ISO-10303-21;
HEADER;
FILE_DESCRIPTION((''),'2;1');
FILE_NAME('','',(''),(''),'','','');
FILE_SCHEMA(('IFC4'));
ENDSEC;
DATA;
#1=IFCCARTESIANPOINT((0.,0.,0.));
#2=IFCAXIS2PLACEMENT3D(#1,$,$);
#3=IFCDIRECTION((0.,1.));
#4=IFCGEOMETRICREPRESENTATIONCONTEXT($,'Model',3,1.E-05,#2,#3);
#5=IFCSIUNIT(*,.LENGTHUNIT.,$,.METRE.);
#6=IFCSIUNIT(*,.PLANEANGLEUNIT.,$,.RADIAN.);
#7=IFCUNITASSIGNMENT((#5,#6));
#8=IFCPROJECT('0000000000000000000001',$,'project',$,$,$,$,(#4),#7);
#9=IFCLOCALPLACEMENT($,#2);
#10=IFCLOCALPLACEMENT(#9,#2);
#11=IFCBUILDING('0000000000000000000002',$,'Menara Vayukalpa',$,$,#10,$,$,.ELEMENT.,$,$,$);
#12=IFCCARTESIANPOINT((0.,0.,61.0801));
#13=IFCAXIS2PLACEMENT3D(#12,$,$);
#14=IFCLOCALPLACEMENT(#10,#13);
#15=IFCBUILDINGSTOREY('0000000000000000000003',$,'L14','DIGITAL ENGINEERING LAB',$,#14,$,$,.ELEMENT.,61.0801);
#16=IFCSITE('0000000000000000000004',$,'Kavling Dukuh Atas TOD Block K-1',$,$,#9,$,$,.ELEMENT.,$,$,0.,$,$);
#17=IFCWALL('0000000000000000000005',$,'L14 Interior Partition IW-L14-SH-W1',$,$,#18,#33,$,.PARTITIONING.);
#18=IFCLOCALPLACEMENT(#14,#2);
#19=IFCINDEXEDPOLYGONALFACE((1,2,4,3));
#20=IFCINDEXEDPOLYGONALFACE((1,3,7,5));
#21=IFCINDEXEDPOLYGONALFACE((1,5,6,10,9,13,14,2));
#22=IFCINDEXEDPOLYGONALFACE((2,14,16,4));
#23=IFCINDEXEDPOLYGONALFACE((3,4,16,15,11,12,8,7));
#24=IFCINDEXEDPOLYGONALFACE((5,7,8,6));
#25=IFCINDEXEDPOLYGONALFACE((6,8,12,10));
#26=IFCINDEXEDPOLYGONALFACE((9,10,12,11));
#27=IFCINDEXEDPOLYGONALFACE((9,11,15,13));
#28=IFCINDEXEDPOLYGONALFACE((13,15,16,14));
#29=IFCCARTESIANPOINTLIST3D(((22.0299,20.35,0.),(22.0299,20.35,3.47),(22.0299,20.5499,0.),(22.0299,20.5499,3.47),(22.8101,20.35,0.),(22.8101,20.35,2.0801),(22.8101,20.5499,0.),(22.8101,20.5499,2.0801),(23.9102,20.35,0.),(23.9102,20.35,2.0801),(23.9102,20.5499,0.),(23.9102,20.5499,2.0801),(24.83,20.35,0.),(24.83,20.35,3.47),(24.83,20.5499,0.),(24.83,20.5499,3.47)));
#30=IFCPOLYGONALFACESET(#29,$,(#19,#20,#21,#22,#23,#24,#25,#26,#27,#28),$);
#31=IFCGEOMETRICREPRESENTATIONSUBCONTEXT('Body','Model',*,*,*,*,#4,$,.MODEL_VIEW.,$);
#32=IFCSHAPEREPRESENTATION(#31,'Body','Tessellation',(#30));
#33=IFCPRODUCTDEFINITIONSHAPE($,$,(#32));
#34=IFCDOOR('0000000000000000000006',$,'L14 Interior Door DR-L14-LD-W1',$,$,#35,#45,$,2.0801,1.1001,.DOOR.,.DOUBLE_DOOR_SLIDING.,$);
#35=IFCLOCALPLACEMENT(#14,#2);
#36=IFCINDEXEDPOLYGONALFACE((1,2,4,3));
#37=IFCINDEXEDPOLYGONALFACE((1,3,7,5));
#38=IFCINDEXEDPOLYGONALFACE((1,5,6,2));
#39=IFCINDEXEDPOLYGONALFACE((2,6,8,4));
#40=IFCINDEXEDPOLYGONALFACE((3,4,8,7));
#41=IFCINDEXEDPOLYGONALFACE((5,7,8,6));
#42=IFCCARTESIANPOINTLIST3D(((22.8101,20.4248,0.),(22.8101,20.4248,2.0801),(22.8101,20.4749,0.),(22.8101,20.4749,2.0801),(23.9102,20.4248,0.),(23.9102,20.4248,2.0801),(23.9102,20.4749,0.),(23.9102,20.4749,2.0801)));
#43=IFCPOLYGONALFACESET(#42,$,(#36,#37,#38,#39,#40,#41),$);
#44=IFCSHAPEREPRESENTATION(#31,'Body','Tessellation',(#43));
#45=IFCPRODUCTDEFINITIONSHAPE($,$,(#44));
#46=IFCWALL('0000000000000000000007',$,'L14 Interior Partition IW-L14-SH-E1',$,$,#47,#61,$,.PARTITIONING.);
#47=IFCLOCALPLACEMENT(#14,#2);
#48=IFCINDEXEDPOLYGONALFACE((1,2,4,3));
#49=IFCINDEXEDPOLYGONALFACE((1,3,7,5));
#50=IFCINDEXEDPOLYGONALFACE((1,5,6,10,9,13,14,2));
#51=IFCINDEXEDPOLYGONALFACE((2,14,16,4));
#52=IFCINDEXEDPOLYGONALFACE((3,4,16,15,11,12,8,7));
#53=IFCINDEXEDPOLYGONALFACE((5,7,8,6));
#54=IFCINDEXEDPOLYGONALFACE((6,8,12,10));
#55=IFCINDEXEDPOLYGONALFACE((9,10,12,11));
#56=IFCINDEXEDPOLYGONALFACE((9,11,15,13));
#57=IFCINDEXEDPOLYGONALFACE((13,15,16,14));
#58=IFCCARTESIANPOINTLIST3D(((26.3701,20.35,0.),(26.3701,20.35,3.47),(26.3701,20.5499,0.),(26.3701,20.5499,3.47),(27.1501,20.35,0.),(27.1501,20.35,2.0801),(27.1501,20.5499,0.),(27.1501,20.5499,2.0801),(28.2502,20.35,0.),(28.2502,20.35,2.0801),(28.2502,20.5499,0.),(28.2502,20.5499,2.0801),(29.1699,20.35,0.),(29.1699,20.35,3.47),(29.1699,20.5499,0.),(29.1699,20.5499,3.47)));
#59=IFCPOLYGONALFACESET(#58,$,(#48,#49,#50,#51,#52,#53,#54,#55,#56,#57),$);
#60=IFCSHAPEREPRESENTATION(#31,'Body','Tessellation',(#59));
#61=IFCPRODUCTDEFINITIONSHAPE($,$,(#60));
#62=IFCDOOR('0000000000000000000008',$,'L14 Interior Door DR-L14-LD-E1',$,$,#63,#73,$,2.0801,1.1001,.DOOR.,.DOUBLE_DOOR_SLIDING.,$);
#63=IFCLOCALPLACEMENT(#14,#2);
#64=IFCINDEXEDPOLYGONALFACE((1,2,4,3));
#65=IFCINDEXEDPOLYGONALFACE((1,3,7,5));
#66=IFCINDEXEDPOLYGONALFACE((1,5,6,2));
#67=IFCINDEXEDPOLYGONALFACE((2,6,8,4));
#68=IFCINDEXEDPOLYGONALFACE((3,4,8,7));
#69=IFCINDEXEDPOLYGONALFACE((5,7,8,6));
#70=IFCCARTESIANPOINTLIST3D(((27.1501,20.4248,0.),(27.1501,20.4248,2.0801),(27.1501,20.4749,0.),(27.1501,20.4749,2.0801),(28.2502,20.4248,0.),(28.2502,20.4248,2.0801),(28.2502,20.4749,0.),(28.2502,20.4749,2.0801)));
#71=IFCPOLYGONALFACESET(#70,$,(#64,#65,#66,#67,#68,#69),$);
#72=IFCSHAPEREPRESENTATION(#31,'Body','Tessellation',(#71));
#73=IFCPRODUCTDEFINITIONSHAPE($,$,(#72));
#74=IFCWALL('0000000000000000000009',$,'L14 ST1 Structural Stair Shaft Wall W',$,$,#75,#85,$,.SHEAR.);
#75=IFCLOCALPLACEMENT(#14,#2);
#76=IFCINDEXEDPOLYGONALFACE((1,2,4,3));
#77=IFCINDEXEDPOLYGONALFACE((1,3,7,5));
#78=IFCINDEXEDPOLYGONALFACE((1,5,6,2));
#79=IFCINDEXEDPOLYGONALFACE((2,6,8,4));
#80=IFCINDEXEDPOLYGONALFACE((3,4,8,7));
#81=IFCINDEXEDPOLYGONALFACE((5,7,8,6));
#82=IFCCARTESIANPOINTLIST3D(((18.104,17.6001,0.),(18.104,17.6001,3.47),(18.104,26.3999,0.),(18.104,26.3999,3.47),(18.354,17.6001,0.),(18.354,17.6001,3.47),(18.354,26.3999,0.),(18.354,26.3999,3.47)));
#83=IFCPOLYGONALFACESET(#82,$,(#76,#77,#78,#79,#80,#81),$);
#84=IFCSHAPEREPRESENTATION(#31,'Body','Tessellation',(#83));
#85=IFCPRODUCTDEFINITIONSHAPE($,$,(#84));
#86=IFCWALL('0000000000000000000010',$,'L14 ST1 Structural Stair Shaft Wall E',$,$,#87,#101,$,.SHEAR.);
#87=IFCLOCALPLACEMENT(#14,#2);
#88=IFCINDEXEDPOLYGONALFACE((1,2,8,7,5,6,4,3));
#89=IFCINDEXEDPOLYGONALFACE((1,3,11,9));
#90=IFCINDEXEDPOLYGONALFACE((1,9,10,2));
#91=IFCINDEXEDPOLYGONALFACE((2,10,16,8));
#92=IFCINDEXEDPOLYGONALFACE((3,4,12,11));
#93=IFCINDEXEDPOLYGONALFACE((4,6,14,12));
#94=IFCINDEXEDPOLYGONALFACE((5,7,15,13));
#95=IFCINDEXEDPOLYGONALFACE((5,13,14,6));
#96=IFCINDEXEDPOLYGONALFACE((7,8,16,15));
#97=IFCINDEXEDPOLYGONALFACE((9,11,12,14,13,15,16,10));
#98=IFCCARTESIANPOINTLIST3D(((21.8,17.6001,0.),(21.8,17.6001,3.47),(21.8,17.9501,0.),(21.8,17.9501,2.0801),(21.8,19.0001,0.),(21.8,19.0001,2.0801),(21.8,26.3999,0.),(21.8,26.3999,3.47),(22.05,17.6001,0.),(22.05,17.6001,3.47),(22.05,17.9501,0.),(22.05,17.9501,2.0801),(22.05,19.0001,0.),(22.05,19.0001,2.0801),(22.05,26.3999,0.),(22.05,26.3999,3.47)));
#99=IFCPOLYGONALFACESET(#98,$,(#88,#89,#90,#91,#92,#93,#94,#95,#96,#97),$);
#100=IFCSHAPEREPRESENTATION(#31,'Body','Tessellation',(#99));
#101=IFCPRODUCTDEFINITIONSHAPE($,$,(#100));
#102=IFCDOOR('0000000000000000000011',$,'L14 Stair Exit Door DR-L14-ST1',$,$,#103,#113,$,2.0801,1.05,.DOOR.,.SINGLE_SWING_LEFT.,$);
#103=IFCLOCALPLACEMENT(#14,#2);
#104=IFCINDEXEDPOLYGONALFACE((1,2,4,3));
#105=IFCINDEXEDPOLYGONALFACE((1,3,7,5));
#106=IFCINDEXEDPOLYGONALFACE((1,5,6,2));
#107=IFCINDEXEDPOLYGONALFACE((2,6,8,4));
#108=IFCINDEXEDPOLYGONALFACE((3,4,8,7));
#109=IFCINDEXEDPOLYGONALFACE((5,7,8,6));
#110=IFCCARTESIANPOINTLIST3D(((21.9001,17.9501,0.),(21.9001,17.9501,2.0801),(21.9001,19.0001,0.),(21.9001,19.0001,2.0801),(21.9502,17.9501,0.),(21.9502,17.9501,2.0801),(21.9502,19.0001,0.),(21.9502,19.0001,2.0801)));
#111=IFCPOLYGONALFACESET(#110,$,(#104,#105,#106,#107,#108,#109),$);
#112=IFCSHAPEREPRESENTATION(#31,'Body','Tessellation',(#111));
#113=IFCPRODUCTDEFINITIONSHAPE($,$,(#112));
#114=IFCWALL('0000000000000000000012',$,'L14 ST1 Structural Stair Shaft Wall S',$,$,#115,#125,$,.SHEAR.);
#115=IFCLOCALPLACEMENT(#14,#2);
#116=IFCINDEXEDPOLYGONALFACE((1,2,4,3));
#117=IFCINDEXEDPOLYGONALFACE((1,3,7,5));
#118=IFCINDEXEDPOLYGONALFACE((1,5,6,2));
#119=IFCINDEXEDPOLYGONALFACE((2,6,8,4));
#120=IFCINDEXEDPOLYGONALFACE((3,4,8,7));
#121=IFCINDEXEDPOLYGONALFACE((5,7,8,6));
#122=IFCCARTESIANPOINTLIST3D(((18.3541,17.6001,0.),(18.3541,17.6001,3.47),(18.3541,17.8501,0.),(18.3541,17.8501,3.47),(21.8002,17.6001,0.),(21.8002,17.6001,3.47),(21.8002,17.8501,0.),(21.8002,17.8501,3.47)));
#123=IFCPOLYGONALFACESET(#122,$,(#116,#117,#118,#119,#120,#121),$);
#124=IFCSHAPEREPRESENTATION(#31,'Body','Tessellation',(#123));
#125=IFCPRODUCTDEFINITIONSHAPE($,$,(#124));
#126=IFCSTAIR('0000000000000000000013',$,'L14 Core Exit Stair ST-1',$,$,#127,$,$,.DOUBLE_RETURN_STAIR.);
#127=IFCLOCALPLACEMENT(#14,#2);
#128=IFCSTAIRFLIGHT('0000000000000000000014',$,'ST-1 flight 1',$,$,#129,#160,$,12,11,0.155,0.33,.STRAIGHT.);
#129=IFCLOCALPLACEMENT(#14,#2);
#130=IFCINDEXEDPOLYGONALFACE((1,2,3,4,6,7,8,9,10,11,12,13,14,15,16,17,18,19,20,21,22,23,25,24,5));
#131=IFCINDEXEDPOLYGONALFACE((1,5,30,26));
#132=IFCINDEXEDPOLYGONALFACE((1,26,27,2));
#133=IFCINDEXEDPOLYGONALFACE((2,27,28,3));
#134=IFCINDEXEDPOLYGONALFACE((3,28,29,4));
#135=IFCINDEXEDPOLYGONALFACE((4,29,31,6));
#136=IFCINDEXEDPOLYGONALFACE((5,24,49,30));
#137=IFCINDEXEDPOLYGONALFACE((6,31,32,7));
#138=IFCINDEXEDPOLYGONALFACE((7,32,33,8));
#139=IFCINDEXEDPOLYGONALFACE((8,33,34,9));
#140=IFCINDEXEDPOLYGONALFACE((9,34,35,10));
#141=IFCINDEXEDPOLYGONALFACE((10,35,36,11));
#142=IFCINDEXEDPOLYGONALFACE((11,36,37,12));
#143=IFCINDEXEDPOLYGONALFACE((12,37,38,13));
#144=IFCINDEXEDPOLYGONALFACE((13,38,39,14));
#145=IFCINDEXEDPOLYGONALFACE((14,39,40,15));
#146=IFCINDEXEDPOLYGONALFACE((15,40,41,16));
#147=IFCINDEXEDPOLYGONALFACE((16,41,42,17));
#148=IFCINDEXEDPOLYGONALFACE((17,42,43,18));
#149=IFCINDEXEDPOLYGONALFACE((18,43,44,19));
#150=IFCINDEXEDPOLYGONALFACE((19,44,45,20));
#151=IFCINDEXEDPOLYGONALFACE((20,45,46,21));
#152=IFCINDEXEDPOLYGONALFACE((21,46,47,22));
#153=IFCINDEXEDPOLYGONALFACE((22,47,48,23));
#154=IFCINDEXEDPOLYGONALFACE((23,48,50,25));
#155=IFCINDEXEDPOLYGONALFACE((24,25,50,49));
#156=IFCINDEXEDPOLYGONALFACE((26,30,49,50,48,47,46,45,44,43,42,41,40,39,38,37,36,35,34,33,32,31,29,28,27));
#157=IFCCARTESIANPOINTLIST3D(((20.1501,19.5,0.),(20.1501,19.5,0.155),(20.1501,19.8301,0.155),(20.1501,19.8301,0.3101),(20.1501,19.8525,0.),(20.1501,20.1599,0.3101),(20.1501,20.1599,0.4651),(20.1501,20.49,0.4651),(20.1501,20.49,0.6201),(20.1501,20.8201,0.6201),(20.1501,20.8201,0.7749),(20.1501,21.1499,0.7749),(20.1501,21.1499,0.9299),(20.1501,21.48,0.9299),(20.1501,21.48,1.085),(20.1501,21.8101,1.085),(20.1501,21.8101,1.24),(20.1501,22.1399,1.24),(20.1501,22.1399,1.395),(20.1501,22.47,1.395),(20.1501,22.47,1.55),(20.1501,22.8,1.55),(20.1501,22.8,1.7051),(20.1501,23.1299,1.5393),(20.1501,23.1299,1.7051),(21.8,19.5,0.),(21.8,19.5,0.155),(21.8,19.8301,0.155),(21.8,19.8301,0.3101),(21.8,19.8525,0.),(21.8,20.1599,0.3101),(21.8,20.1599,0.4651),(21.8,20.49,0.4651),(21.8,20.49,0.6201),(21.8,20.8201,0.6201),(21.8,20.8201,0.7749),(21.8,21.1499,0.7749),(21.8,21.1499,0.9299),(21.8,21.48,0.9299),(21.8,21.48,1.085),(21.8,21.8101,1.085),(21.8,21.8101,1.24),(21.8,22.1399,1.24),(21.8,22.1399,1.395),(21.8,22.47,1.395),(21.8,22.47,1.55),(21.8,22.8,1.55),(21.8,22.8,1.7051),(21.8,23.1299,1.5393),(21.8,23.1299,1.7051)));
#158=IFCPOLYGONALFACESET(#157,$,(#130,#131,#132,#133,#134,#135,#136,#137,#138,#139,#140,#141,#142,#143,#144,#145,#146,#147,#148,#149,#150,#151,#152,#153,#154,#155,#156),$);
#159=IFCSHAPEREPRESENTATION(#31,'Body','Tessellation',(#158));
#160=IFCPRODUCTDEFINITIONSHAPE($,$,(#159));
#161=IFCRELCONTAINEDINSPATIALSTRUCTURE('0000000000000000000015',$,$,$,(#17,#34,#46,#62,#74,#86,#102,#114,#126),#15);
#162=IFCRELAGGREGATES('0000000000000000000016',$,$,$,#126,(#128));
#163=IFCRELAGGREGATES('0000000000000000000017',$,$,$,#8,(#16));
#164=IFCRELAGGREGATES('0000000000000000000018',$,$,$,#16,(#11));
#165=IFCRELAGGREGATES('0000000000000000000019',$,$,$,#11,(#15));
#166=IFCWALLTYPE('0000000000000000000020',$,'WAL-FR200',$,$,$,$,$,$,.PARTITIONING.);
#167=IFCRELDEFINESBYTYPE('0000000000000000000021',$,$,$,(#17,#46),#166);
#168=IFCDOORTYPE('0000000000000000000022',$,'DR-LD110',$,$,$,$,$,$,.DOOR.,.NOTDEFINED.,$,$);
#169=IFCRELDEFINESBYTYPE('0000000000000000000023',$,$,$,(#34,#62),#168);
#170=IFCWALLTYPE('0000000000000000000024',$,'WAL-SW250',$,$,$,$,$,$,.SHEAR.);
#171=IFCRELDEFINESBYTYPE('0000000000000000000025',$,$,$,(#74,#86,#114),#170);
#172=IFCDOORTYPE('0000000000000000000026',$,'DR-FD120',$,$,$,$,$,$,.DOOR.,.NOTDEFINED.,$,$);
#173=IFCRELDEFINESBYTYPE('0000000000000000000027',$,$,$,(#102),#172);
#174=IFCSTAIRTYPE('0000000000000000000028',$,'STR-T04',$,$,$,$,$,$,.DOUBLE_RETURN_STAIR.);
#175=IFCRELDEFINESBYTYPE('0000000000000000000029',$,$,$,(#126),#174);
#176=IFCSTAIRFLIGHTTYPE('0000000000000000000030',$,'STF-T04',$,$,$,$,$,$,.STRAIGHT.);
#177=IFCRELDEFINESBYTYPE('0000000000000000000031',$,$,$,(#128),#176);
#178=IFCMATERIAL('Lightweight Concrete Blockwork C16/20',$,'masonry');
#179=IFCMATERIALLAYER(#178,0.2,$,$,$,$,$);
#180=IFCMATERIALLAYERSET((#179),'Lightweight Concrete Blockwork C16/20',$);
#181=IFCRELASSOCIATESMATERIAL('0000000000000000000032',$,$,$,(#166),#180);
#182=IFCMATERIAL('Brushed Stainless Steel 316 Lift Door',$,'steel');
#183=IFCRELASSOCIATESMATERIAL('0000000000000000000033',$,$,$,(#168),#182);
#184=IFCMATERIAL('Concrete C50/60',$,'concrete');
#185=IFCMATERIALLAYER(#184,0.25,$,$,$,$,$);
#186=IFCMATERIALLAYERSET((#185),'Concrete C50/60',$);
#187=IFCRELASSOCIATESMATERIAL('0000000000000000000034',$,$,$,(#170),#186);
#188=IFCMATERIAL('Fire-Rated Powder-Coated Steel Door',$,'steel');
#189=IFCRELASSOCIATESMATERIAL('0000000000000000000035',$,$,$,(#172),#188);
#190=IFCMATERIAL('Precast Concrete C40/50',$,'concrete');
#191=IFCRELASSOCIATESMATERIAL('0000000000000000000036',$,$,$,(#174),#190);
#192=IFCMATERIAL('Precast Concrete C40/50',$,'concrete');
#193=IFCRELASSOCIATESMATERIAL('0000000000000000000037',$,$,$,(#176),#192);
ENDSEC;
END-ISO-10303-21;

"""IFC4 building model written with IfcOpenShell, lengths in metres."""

from ifc_helpers import new_model, si_unit, direction, frame, frame_2d, origin, place, context, subcontext, project, spatial, polyline, rectangle, outline, extrude, material, layer, layer_set, type_object, element, fill, aggregate, save


model = new_model("IFC4")

# Units and contexts
model_context = context("Model", 3, precision=1e-05, world=origin(), true_north=direction((0.0, 1.0)))
body_context = subcontext(model_context, "Body", "Model", "MODEL_VIEW")
ifc_project = project(units=[si_unit("LENGTHUNIT", "METRE"), si_unit("PLANEANGLEUNIT", "RADIAN")], contexts=[model_context])

# Site, building, storey
site_placement = place(None, origin())
site = spatial("IfcSite", under=ifc_project, at=site_placement, Name="Kavling Dukuh Atas TOD Block K-1", CompositionType="ELEMENT", RefElevation=0.0)
building_placement = place(site_placement, origin())
building = spatial("IfcBuilding", under=site, at=building_placement, Name="Menara Vayukalpa", CompositionType="ELEMENT")
storey_placement = place(building_placement, frame((0.0, 0.0, 61.0801)))
storey = spatial("IfcBuildingStorey", under=building, at=storey_placement, Name="L14", Description="DIGITAL ENGINEERING LAB", CompositionType="ELEMENT", Elevation=61.0801)

# Walls, openings, doors
ifc_material_1 = material(Name="Lightweight Concrete Blockwork C16/20", Category="masonry")
ifc_layer_1 = layer(ifc_material_1, 0.2)
ifc_layer_set_1 = layer_set([ifc_layer_1], Name="Lightweight Concrete Blockwork C16/20")
wall_type_1 = type_object("IfcWallType", Name="WAL-FR200", PredefinedType="PARTITIONING", material=ifc_layer_set_1)
wall_1_placement = place(storey_placement, frame((22.03, 20.45, 0.0), z_axis=(0.0, 0.0, 1.0), x_axis=(1.0, 0.0, 0.0)))
wall_1 = element("IfcWall", 1, at=wall_1_placement, inside=storey, type_object=wall_type_1, Name="L14 Interior Partition IW-L14-SH-W1", PredefinedType="PARTITIONING", context=body_context, shape_type="SweptSolid", body=[
    extrude(rectangle(XDim=2.8, YDim=0.2, at=frame_2d((1.3999, 0.0))), origin(), (0.0, 0.0, 1.0), 3.47),
])
opening_1_placement = place(wall_1_placement, frame((0.78, 0.0, 0.0)))
opening_1 = element("IfcOpeningElement", 2, at=opening_1_placement, cuts=wall_1, PredefinedType="OPENING", context=body_context, shape_type="SweptSolid", body=[
    extrude(rectangle(XDim=1.1001, YDim=2.0801, at=frame_2d((0.55, 1.04))), frame((0.0, 0.1099, 0.0), z_axis=(0.0, -1.0, 0.0), x_axis=(1.0, 0.0, 0.0)), (0.0, 0.0, 1.0), 0.22),
])
ifc_material_2 = material(Name="Brushed Stainless Steel 316 Lift Door", Category="steel")
door_type_1 = type_object("IfcDoorType", Name="DR-LD110", OperationType="NOTDEFINED", PredefinedType="DOOR", material=ifc_material_2)
door_1_placement = place(opening_1_placement, origin())
door_1 = element("IfcDoor", 3, at=door_1_placement, inside=storey, type_object=door_type_1, Name="L14 Interior Door DR-L14-LD-W1", OperationType="DOUBLE_DOOR_SLIDING", OverallHeight=2.0801, OverallWidth=1.1001, PredefinedType="DOOR", context=body_context, shape_type="SweptSolid", body=[
    extrude(rectangle(XDim=1.1001, YDim=2.0801, at=frame_2d((0.55, 1.04))), frame((0.0, 0.0249, 0.0), z_axis=(0.0, -1.0, 0.0), x_axis=(1.0, 0.0, 0.0)), (0.0, 0.0, 1.0), 0.05),
])
fill(opening_1, door_1)
wall_2_placement = place(storey_placement, frame((26.3701, 20.45, 0.0), z_axis=(0.0, 0.0, 1.0), x_axis=(1.0, 0.0, 0.0)))
wall_2 = element("IfcWall", 4, at=wall_2_placement, inside=storey, type_object=wall_type_1, Name="L14 Interior Partition IW-L14-SH-E1", PredefinedType="PARTITIONING", context=body_context, shape_type="SweptSolid", body=[
    extrude(rectangle(XDim=2.7998, YDim=0.2, at=frame_2d((1.3999, 0.0))), origin(), (0.0, 0.0, 1.0), 3.47),
])
opening_2_placement = place(wall_2_placement, frame((0.78, 0.0, 0.0)))
opening_2 = element("IfcOpeningElement", 5, at=opening_2_placement, cuts=wall_2, PredefinedType="OPENING", context=body_context, shape_type="SweptSolid", body=[
    extrude(rectangle(XDim=1.1001, YDim=2.0801, at=frame_2d((0.55, 1.04))), frame((0.0, 0.1099, 0.0), z_axis=(0.0, -1.0, 0.0), x_axis=(1.0, 0.0, 0.0)), (0.0, 0.0, 1.0), 0.22),
])
door_2_placement = place(opening_2_placement, origin())
door_2 = element("IfcDoor", 6, at=door_2_placement, inside=storey, type_object=door_type_1, Name="L14 Interior Door DR-L14-LD-E1", OperationType="DOUBLE_DOOR_SLIDING", OverallHeight=2.0801, OverallWidth=1.1001, PredefinedType="DOOR", context=body_context, shape_type="SweptSolid", body=[
    extrude(rectangle(XDim=1.1001, YDim=2.0801, at=frame_2d((0.55, 1.04))), frame((0.0, 0.0249, 0.0), z_axis=(0.0, -1.0, 0.0), x_axis=(1.0, 0.0, 0.0)), (0.0, 0.0, 1.0), 0.05),
])
fill(opening_2, door_2)

# Wall
ifc_material_3 = material(Name="Concrete C50/60", Category="concrete")
ifc_layer_2 = layer(ifc_material_3, 0.25)
ifc_layer_set_2 = layer_set([ifc_layer_2], Name="Concrete C50/60")
wall_type_2 = type_object("IfcWallType", Name="WAL-SW250", PredefinedType="SHEAR", material=ifc_layer_set_2)
wall_3_placement = place(storey_placement, frame((18.229, 17.6001, 0.0), z_axis=(0.0, 0.0, 1.0), x_axis=(0.0, 1.0, 0.0)))
element("IfcWall", 7, at=wall_3_placement, inside=storey, type_object=wall_type_2, Name="L14 ST1 Structural Stair Shaft Wall W", PredefinedType="SHEAR", context=body_context, shape_type="SweptSolid", body=[
    extrude(rectangle(XDim=8.7998, YDim=0.25, at=frame_2d((4.3999, 0.0))), origin(), (0.0, 0.0, 1.0), 3.47),
])

# Wall, opening, door
wall_4_placement = place(storey_placement, frame((21.925, 17.6001, 0.0), z_axis=(0.0, 0.0, 1.0), x_axis=(0.0, 1.0, 0.0)))
wall_4 = element("IfcWall", 8, at=wall_4_placement, inside=storey, type_object=wall_type_2, Name="L14 ST1 Structural Stair Shaft Wall E", PredefinedType="SHEAR", context=body_context, shape_type="SweptSolid", body=[
    extrude(rectangle(XDim=8.7998, YDim=0.25, at=frame_2d((4.3999, 0.0))), origin(), (0.0, 0.0, 1.0), 3.47),
])
opening_3_placement = place(wall_4_placement, frame((0.3501, 0.0, 0.0)))
opening_3 = element("IfcOpeningElement", 9, at=opening_3_placement, cuts=wall_4, PredefinedType="OPENING", context=body_context, shape_type="SweptSolid", body=[
    extrude(rectangle(XDim=1.05, YDim=2.0801, at=frame_2d((0.5249, 1.04))), frame((0.0, 0.135, 0.0), z_axis=(0.0, -1.0, 0.0), x_axis=(1.0, 0.0, 0.0)), (0.0, 0.0, 1.0), 0.27),
])
ifc_material_4 = material(Name="Fire-Rated Powder-Coated Steel Door", Category="steel")
door_type_2 = type_object("IfcDoorType", Name="DR-FD120", OperationType="NOTDEFINED", PredefinedType="DOOR", material=ifc_material_4)
door_3_placement = place(opening_3_placement, origin())
door_3 = element("IfcDoor", 10, at=door_3_placement, inside=storey, type_object=door_type_2, Name="L14 Stair Exit Door DR-L14-ST1", OperationType="SINGLE_SWING_LEFT", OverallHeight=2.0801, OverallWidth=1.05, PredefinedType="DOOR", context=body_context, shape_type="SweptSolid", body=[
    extrude(rectangle(XDim=1.05, YDim=2.0801, at=frame_2d((0.5249, 1.04))), frame((0.0, 0.0249, 0.0), z_axis=(0.0, -1.0, 0.0), x_axis=(1.0, 0.0, 0.0)), (0.0, 0.0, 1.0), 0.05),
])
fill(opening_3, door_3)

# Wall
wall_5_placement = place(storey_placement, frame((18.354, 17.7251, 0.0), z_axis=(0.0, 0.0, 1.0), x_axis=(1.0, 0.0, 0.0)))
element("IfcWall", 11, at=wall_5_placement, inside=storey, type_object=wall_type_2, Name="L14 ST1 Structural Stair Shaft Wall S", PredefinedType="SHEAR", context=body_context, shape_type="SweptSolid", body=[
    extrude(rectangle(XDim=3.446, YDim=0.25, at=frame_2d((1.7231, 0.0))), origin(), (0.0, 0.0, 1.0), 3.47),
])

# Stair, stair flight
ifc_material_5 = material(Name="Precast Concrete C40/50", Category="concrete")
stair_type = type_object("IfcStairType", Name="STR-T04", PredefinedType="DOUBLE_RETURN_STAIR", material=ifc_material_5)
stair_placement = place(storey_placement, origin())
stair = element("IfcStair", 12, at=stair_placement, inside=storey, type_object=stair_type, Name="L14 Core Exit Stair ST-1", PredefinedType="DOUBLE_RETURN_STAIR")
ifc_material_6 = material(Name="Precast Concrete C40/50", Category="concrete")
stair_flight_type = type_object("IfcStairFlightType", Name="STF-T04", PredefinedType="STRAIGHT", material=ifc_material_6)
stair_flight_placement = place(storey_placement, frame((20.9751, 19.5, 0.0), z_axis=(0.0, 0.0, 1.0), x_axis=(0.0, 1.0, 0.0)))
stair_flight = element("IfcStairFlight", 13, at=stair_flight_placement, type_object=stair_flight_type, Name="ST-1 flight 1", NumberOfRisers=12, NumberOfTreads=11, PredefinedType="STRAIGHT", RiserHeight=0.155, TreadLength=0.33, context=body_context, shape_type="SweptSolid", body=[
    extrude(outline(polyline([(0.0, 0.0), (0.0, 0.155), (0.3301, 0.155), (0.3301, 0.3101), (0.6599, 0.3101), (0.6599, 0.4651), (0.99, 0.4651), (0.99, 0.6201), (1.3201, 0.6201), (1.3201, 0.7749), (1.6499, 0.7749), (1.6499, 0.9299), (1.98, 0.9299), (1.98, 1.085), (2.3101, 1.085), (2.3101, 1.24), (2.6399, 1.24), (2.6399, 1.395), (2.97, 1.395), (2.97, 1.55), (3.3, 1.55), (3.3, 1.7051), (3.6299, 1.7051), (3.6299, 1.8601), (3.6299, 1.5393), (0.3525, 0.0), (0.0, 0.0)])), frame((0.0, 0.825, 0.0), z_axis=(0.0, -1.0, 0.0), x_axis=(1.0, 0.0, 0.0)), (0.0, 0.0, 1.0), 1.6499),
])
aggregate(stair, [stair_flight])

save(model, "model.ifc")
